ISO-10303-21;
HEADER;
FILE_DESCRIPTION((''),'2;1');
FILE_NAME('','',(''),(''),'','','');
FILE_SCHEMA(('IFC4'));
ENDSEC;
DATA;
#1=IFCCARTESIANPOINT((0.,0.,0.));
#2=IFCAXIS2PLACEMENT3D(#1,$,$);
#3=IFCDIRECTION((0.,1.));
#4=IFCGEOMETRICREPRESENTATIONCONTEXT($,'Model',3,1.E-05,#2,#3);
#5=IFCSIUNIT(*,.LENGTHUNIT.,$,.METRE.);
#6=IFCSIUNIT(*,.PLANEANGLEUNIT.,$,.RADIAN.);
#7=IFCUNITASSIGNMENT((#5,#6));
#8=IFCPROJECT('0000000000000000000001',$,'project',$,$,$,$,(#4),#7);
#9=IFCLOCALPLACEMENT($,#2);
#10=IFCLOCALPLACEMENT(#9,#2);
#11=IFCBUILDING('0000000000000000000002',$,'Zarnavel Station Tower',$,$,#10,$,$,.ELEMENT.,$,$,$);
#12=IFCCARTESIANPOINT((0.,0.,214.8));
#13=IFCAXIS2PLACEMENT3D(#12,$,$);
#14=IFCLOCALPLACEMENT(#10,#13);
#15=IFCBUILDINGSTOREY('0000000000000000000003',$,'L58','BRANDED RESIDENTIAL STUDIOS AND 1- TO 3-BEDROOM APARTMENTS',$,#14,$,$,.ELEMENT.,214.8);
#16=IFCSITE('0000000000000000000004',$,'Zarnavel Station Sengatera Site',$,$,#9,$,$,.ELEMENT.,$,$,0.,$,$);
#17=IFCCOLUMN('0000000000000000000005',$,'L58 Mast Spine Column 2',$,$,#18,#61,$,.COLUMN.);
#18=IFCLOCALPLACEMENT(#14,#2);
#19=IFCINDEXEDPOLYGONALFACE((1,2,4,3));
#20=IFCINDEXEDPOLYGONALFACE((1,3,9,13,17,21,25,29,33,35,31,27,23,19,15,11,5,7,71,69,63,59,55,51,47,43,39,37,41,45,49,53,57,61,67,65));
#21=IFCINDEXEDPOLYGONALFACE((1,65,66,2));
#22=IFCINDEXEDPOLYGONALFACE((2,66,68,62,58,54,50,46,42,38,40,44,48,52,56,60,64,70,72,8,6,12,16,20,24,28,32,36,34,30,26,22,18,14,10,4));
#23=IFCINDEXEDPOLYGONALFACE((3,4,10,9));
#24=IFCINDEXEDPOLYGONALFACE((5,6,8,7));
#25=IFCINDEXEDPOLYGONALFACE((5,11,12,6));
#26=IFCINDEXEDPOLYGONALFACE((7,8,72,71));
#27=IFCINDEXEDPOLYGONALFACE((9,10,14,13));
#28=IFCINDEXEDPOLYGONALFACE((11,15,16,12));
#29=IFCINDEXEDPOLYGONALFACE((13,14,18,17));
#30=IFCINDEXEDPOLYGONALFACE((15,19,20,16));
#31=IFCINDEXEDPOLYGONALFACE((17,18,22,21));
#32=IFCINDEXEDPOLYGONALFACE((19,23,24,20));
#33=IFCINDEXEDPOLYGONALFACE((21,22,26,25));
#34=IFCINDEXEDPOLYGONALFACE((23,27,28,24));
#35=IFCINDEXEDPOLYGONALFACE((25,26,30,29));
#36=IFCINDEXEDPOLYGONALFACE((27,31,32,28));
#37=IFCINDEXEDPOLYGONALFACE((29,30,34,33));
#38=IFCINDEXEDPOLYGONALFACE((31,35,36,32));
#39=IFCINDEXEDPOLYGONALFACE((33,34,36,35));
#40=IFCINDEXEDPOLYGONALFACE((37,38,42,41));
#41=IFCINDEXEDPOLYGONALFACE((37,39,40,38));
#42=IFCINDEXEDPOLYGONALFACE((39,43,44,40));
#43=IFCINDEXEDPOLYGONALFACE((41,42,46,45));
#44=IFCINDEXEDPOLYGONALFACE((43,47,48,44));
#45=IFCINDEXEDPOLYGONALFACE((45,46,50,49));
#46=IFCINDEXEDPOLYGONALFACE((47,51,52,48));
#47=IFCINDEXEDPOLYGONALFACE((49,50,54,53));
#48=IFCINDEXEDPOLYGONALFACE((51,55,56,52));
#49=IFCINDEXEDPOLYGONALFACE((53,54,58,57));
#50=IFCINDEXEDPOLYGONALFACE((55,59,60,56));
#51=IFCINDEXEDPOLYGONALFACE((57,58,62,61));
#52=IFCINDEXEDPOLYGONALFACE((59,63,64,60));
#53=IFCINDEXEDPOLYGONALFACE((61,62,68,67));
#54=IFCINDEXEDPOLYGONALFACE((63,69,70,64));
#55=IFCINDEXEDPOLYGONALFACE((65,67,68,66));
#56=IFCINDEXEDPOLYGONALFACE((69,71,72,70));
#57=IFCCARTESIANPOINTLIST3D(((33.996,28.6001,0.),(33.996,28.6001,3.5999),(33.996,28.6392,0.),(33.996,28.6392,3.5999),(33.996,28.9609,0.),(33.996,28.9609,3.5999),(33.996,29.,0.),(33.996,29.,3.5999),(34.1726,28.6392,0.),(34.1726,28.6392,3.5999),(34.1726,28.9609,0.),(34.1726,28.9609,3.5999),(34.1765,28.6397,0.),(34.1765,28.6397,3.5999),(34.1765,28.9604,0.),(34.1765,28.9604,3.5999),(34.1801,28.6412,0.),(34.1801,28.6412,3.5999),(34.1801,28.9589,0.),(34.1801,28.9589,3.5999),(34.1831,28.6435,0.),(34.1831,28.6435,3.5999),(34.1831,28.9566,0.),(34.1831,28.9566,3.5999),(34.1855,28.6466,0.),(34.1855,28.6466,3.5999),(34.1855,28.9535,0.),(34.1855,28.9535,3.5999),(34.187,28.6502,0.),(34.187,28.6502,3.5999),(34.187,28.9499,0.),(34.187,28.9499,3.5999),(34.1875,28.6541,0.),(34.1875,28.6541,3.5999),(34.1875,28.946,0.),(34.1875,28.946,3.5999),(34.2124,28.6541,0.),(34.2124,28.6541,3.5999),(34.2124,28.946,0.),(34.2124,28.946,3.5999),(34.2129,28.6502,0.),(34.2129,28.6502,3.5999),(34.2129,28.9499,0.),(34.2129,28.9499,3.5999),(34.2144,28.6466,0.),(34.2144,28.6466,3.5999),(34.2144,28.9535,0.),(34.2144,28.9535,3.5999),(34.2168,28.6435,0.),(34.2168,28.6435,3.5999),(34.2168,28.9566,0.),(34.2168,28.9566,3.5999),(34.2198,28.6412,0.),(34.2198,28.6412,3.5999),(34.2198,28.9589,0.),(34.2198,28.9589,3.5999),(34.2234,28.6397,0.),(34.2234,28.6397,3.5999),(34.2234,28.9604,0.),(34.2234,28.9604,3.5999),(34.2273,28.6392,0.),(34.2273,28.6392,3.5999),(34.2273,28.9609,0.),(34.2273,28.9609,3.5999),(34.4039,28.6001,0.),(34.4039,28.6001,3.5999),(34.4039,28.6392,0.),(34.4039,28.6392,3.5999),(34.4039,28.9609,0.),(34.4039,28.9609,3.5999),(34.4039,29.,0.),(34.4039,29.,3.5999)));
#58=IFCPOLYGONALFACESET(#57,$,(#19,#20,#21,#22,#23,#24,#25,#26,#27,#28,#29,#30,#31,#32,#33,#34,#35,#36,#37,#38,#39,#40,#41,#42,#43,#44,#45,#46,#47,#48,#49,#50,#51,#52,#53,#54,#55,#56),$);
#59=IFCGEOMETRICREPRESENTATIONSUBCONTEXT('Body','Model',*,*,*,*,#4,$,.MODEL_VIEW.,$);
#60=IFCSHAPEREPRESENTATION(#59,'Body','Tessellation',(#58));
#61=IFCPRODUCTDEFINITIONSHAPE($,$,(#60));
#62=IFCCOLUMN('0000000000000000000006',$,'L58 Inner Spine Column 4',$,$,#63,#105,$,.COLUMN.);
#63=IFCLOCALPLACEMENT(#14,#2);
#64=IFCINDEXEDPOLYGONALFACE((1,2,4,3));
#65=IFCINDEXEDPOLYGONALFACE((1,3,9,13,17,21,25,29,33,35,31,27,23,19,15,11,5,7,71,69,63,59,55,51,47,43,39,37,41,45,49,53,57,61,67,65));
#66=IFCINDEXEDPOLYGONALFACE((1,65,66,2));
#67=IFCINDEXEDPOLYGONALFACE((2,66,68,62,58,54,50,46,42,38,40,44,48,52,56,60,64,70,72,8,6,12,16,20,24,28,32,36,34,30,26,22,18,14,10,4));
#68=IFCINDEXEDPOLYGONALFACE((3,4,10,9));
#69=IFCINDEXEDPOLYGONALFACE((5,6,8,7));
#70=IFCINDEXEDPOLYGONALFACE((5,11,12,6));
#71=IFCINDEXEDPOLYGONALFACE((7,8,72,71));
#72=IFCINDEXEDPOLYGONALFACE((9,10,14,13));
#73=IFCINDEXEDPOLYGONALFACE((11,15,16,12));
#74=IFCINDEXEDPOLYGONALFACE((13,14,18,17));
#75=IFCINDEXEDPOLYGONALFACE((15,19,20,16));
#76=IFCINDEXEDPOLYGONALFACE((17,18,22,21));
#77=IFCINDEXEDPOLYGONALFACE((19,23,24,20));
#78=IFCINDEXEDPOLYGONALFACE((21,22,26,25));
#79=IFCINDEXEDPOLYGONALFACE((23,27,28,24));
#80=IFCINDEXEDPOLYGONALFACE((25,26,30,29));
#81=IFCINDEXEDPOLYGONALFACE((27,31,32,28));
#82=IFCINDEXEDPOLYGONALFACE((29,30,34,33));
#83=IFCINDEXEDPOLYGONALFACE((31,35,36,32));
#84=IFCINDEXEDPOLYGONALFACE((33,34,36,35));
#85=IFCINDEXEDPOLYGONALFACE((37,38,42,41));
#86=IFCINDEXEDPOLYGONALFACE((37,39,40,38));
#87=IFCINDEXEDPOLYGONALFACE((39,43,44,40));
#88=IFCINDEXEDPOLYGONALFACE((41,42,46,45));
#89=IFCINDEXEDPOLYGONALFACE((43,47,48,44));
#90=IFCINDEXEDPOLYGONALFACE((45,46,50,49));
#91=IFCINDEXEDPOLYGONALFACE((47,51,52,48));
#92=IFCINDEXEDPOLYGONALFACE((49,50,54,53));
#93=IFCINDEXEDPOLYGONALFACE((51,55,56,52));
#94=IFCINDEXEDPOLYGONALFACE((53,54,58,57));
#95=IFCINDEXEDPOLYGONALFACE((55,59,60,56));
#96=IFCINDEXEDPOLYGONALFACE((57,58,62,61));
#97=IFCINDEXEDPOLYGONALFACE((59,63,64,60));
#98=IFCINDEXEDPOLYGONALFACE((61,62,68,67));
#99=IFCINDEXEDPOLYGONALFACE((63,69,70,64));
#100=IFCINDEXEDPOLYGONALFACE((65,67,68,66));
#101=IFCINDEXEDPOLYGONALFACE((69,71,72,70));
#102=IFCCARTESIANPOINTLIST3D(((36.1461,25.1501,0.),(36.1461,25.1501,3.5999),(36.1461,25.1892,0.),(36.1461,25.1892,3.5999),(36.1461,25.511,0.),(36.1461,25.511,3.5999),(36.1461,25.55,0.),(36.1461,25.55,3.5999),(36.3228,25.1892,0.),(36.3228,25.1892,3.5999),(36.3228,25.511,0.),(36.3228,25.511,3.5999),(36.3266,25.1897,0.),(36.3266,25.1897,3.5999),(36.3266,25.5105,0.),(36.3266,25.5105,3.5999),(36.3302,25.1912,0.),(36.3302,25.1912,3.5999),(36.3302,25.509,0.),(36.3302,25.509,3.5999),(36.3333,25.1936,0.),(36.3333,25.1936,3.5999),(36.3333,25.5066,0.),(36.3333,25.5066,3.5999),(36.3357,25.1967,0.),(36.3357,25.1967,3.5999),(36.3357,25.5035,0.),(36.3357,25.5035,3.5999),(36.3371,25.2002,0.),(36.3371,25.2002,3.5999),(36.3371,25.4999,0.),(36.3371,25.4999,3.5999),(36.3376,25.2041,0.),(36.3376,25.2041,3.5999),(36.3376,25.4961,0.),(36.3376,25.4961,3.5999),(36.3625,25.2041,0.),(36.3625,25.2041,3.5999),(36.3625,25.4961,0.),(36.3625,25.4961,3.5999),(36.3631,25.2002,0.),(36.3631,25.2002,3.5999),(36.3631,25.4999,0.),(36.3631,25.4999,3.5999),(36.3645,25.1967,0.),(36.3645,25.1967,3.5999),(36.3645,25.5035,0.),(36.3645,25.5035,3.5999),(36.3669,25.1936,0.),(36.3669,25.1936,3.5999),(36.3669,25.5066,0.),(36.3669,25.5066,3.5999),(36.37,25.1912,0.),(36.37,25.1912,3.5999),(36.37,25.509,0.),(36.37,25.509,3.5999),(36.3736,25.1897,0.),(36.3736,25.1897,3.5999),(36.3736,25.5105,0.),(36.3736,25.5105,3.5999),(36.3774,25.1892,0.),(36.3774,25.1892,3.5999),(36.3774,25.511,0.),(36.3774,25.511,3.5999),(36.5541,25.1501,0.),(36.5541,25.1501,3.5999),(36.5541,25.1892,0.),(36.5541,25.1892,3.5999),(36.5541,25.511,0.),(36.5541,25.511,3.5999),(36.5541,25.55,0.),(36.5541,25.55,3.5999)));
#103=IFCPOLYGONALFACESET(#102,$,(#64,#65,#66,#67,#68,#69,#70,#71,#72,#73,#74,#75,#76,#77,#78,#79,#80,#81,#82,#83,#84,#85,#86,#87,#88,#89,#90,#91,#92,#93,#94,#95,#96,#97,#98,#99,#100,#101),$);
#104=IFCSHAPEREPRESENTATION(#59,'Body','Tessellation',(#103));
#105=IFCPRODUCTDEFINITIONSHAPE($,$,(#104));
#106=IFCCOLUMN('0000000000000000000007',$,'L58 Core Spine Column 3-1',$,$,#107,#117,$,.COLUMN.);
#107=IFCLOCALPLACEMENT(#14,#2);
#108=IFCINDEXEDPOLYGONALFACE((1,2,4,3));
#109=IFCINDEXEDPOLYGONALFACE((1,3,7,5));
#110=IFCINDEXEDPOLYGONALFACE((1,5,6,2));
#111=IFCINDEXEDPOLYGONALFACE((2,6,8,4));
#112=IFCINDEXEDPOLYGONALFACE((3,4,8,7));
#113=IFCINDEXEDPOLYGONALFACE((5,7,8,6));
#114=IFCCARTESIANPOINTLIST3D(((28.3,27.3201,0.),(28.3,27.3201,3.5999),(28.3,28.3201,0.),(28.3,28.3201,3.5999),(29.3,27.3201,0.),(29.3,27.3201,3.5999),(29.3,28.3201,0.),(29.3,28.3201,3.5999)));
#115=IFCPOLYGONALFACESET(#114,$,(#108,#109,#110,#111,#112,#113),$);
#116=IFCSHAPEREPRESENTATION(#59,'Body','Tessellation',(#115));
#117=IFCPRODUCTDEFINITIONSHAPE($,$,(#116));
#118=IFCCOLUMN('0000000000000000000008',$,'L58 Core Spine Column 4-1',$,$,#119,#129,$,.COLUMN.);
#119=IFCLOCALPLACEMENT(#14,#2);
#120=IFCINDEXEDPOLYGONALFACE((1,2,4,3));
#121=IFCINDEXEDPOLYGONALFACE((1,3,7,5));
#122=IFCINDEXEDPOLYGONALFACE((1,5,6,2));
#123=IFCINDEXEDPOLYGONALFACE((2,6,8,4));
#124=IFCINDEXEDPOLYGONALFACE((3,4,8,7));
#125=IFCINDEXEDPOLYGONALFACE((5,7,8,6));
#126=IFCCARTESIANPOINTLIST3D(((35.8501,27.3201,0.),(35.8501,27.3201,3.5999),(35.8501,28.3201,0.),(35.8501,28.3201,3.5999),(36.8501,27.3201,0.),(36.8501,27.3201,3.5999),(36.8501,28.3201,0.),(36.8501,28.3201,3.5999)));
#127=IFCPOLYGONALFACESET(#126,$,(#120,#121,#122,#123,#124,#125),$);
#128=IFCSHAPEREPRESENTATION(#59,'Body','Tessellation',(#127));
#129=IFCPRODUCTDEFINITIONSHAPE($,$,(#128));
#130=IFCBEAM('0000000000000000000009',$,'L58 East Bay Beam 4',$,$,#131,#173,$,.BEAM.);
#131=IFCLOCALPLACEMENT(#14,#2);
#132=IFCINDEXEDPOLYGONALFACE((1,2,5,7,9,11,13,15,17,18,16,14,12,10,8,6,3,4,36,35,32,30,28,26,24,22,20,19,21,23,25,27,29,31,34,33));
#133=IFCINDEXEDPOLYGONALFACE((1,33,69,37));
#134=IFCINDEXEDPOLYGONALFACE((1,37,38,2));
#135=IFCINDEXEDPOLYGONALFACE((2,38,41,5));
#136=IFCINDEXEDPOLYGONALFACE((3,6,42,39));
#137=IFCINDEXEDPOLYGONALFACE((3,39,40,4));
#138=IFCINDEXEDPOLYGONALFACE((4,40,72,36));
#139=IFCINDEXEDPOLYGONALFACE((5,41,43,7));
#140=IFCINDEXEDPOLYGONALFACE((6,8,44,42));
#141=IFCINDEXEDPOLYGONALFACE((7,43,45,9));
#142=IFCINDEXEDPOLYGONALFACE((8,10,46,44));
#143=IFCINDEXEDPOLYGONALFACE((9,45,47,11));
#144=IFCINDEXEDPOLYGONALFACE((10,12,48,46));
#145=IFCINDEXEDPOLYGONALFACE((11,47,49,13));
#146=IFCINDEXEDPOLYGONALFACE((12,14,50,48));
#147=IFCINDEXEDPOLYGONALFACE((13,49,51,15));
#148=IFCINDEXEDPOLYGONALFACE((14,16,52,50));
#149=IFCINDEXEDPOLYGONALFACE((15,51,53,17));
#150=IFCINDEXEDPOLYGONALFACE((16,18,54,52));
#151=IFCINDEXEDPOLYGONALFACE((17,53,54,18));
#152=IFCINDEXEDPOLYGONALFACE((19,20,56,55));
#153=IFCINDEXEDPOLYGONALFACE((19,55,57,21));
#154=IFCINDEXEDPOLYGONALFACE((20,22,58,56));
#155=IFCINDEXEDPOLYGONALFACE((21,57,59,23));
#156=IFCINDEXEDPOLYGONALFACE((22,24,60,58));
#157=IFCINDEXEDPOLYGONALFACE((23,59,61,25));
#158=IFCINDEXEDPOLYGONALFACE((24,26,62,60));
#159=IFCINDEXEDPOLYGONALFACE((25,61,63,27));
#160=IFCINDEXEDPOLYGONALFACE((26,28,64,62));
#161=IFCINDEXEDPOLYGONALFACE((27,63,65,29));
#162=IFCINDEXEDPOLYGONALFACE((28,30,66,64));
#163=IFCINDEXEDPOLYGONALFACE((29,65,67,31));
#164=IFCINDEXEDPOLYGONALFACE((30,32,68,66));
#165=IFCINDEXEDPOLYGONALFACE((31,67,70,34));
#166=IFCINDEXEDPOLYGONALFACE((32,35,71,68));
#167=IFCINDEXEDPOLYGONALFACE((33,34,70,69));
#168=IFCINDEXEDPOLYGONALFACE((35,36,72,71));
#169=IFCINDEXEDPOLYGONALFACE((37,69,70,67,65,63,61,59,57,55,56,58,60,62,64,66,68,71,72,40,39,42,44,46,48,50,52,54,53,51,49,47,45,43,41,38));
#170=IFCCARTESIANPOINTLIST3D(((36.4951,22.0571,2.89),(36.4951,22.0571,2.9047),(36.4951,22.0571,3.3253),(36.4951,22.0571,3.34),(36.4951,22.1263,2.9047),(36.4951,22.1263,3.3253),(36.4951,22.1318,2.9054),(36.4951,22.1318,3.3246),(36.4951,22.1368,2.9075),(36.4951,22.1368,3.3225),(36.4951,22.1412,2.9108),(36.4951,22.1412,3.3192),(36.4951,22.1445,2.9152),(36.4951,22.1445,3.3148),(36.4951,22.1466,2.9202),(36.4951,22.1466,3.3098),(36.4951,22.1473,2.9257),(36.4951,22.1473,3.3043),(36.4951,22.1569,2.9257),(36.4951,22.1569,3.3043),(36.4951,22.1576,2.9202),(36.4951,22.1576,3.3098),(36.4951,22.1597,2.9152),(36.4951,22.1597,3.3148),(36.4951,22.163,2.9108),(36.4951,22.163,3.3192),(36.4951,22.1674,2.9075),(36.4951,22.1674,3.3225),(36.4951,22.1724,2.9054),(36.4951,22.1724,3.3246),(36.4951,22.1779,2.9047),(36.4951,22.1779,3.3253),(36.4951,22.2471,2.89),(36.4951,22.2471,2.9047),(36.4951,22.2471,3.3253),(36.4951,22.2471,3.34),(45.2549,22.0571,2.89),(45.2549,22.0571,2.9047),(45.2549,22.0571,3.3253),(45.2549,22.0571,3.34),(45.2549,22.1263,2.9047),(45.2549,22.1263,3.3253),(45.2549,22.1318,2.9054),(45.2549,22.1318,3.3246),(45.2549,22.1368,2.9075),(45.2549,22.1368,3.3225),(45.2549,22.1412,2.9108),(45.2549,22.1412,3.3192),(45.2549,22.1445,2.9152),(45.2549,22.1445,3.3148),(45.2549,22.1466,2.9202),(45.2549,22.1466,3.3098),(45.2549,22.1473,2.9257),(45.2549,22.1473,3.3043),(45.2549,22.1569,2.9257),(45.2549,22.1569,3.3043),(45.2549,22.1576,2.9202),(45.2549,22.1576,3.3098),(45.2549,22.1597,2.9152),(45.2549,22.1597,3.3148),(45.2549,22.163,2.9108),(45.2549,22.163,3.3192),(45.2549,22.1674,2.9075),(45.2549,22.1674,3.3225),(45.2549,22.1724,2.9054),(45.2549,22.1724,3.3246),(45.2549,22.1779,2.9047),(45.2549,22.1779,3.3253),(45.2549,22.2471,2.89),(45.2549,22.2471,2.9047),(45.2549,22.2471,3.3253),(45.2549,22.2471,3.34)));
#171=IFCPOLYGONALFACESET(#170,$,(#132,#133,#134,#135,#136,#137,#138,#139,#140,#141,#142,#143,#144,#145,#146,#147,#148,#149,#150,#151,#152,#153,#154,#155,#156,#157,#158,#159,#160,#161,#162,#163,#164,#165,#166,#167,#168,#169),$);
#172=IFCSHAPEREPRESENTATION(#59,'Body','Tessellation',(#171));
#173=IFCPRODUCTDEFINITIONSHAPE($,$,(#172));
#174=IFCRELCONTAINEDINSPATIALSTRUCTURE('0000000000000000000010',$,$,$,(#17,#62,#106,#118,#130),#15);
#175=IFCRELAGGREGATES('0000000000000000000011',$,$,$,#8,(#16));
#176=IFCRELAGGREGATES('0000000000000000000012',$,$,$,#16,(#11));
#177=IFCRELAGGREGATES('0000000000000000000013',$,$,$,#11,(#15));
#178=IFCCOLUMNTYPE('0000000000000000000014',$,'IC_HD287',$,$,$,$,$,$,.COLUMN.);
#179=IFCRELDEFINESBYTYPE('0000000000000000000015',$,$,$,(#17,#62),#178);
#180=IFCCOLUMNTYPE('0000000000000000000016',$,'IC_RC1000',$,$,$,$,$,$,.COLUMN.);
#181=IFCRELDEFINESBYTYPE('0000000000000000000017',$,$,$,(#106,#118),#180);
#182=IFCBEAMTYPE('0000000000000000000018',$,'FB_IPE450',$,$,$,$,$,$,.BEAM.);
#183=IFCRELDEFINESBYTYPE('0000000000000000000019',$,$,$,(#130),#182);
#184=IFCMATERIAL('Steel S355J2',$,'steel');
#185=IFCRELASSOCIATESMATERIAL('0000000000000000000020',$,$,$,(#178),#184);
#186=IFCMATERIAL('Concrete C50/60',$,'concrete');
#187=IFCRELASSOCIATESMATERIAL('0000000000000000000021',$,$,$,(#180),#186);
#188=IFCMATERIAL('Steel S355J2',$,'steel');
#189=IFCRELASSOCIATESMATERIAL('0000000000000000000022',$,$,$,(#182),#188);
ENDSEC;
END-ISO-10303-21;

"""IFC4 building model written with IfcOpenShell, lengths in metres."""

from ifc_helpers import new_model, si_unit, direction, frame, origin, origin_2d, place, context, subcontext, project, spatial, rectangle, i_section, extrude, material, material_profile, profile_set, type_object, element, save


model = new_model("IFC4")

# Units and contexts
model_context = context("Model", 3, precision=1e-05, world=origin(), true_north=direction((0.0, 1.0)))
body_context = subcontext(model_context, "Body", "Model", "MODEL_VIEW")
ifc_project = project(units=[si_unit("LENGTHUNIT", "METRE"), si_unit("PLANEANGLEUNIT", "RADIAN")], contexts=[model_context])

# Site, building, storey
site_placement = place(None, origin())
site = spatial("IfcSite", under=ifc_project, at=site_placement, Name="Zarnavel Station Sengatera Site", CompositionType="ELEMENT", RefElevation=0.0)
building_placement = place(site_placement, origin())
building = spatial("IfcBuilding", under=site, at=building_placement, Name="Zarnavel Station Tower", CompositionType="ELEMENT")
storey_placement = place(building_placement, frame((0.0, 0.0, 214.8)))
storey = spatial("IfcBuildingStorey", under=building, at=storey_placement, Name="L58", Description="BRANDED RESIDENTIAL STUDIOS AND 1- TO 3-BEDROOM APARTMENTS", CompositionType="ELEMENT", Elevation=214.8)

# Columns
ifc_material_1 = material(Name="Steel S355J2", Category="steel")
ifc_material_profile_1 = material_profile(ifc_material_1, i_section(OverallWidth=0.408, OverallDepth=0.3999, WebThickness=0.0249, FlangeThickness=0.0391, FilletRadius=0.0149, at=origin_2d()), Name="HD400x287")
ifc_profile_set_1 = profile_set([ifc_material_profile_1], Name="Steel S355J2")
column_type_1 = type_object("IfcColumnType", Name="IC_HD287", PredefinedType="COLUMN", material=ifc_profile_set_1)
for number, where, z_axis, x_axis, name in (
    (1, (34.2, 28.8, 0.0), (0.0, 0.0, 1.0), (1.0, 0.0, 0.0), "L58 Mast Spine Column 2"),
    (2, (36.3501, 25.3501, 0.0), (0.0, 0.0, 1.0), (1.0, 0.0, 0.0), "L58 Inner Spine Column 4"),
):
    element("IfcColumn", number, at=place(storey_placement, frame(where, z_axis=z_axis, x_axis=x_axis)), inside=storey, type_object=column_type_1, Name=name, PredefinedType="COLUMN", context=body_context, shape_type="SweptSolid", body=[
        extrude(i_section(OverallWidth=0.408, OverallDepth=0.3999, WebThickness=0.0249, FlangeThickness=0.0391, FilletRadius=0.0149, at=origin_2d()), origin(), (0.0, 0.0, 1.0), 3.5999),
    ])
ifc_material_2 = material(Name="Concrete C50/60", Category="concrete")
ifc_material_profile_2 = material_profile(ifc_material_2, rectangle(XDim=1.0, YDim=1.0, at=origin_2d()), Name="RC1000x1000")
ifc_profile_set_2 = profile_set([ifc_material_profile_2], Name="Concrete C50/60")
column_type_2 = type_object("IfcColumnType", Name="IC_RC1000", PredefinedType="COLUMN", material=ifc_profile_set_2)
for number, where, z_axis, x_axis, name in (
    (3, (28.8, 27.8201, 0.0), (0.0, 0.0, 1.0), (1.0, 0.0, 0.0), "L58 Core Spine Column 3-1"),
    (4, (36.3501, 27.8201, 0.0), (0.0, 0.0, 1.0), (1.0, 0.0, 0.0), "L58 Core Spine Column 4-1"),
):
    element("IfcColumn", number, at=place(storey_placement, frame(where, z_axis=z_axis, x_axis=x_axis)), inside=storey, type_object=column_type_2, Name=name, PredefinedType="COLUMN", context=body_context, shape_type="SweptSolid", body=[
        extrude(rectangle(XDim=1.0, YDim=1.0, at=origin_2d()), origin(), (0.0, 0.0, 1.0), 3.5999),
    ])

# Beam
ifc_material_3 = material(Name="Steel S355J2", Category="steel")
ifc_material_profile_3 = material_profile(ifc_material_3, i_section(OverallWidth=0.1899, OverallDepth=0.45, WebThickness=0.0095, FlangeThickness=0.0146, FilletRadius=0.021, at=origin_2d()), Name="IPE450")
ifc_profile_set_3 = profile_set([ifc_material_profile_3], Name="Steel S355J2")
beam_type_1 = type_object("IfcBeamType", Name="FB_IPE450", PredefinedType="BEAM", material=ifc_profile_set_3)
beam_1_placement = place(storey_placement, frame((36.4951, 22.1521, 3.115), z_axis=(1.0, 0.0, 0.0), x_axis=(0.0, 1.0, 0.0)))
element("IfcBeam", 5, at=beam_1_placement, inside=storey, type_object=beam_type_1, Name="L58 East Bay Beam 4", PredefinedType="BEAM", context=body_context, shape_type="SweptSolid", body=[
    extrude(i_section(OverallWidth=0.1899, OverallDepth=0.45, WebThickness=0.0095, FlangeThickness=0.0146, FilletRadius=0.021, at=origin_2d()), origin(), (0.0, 0.0, 1.0), 8.7598),
])

save(model, "model.ifc")
